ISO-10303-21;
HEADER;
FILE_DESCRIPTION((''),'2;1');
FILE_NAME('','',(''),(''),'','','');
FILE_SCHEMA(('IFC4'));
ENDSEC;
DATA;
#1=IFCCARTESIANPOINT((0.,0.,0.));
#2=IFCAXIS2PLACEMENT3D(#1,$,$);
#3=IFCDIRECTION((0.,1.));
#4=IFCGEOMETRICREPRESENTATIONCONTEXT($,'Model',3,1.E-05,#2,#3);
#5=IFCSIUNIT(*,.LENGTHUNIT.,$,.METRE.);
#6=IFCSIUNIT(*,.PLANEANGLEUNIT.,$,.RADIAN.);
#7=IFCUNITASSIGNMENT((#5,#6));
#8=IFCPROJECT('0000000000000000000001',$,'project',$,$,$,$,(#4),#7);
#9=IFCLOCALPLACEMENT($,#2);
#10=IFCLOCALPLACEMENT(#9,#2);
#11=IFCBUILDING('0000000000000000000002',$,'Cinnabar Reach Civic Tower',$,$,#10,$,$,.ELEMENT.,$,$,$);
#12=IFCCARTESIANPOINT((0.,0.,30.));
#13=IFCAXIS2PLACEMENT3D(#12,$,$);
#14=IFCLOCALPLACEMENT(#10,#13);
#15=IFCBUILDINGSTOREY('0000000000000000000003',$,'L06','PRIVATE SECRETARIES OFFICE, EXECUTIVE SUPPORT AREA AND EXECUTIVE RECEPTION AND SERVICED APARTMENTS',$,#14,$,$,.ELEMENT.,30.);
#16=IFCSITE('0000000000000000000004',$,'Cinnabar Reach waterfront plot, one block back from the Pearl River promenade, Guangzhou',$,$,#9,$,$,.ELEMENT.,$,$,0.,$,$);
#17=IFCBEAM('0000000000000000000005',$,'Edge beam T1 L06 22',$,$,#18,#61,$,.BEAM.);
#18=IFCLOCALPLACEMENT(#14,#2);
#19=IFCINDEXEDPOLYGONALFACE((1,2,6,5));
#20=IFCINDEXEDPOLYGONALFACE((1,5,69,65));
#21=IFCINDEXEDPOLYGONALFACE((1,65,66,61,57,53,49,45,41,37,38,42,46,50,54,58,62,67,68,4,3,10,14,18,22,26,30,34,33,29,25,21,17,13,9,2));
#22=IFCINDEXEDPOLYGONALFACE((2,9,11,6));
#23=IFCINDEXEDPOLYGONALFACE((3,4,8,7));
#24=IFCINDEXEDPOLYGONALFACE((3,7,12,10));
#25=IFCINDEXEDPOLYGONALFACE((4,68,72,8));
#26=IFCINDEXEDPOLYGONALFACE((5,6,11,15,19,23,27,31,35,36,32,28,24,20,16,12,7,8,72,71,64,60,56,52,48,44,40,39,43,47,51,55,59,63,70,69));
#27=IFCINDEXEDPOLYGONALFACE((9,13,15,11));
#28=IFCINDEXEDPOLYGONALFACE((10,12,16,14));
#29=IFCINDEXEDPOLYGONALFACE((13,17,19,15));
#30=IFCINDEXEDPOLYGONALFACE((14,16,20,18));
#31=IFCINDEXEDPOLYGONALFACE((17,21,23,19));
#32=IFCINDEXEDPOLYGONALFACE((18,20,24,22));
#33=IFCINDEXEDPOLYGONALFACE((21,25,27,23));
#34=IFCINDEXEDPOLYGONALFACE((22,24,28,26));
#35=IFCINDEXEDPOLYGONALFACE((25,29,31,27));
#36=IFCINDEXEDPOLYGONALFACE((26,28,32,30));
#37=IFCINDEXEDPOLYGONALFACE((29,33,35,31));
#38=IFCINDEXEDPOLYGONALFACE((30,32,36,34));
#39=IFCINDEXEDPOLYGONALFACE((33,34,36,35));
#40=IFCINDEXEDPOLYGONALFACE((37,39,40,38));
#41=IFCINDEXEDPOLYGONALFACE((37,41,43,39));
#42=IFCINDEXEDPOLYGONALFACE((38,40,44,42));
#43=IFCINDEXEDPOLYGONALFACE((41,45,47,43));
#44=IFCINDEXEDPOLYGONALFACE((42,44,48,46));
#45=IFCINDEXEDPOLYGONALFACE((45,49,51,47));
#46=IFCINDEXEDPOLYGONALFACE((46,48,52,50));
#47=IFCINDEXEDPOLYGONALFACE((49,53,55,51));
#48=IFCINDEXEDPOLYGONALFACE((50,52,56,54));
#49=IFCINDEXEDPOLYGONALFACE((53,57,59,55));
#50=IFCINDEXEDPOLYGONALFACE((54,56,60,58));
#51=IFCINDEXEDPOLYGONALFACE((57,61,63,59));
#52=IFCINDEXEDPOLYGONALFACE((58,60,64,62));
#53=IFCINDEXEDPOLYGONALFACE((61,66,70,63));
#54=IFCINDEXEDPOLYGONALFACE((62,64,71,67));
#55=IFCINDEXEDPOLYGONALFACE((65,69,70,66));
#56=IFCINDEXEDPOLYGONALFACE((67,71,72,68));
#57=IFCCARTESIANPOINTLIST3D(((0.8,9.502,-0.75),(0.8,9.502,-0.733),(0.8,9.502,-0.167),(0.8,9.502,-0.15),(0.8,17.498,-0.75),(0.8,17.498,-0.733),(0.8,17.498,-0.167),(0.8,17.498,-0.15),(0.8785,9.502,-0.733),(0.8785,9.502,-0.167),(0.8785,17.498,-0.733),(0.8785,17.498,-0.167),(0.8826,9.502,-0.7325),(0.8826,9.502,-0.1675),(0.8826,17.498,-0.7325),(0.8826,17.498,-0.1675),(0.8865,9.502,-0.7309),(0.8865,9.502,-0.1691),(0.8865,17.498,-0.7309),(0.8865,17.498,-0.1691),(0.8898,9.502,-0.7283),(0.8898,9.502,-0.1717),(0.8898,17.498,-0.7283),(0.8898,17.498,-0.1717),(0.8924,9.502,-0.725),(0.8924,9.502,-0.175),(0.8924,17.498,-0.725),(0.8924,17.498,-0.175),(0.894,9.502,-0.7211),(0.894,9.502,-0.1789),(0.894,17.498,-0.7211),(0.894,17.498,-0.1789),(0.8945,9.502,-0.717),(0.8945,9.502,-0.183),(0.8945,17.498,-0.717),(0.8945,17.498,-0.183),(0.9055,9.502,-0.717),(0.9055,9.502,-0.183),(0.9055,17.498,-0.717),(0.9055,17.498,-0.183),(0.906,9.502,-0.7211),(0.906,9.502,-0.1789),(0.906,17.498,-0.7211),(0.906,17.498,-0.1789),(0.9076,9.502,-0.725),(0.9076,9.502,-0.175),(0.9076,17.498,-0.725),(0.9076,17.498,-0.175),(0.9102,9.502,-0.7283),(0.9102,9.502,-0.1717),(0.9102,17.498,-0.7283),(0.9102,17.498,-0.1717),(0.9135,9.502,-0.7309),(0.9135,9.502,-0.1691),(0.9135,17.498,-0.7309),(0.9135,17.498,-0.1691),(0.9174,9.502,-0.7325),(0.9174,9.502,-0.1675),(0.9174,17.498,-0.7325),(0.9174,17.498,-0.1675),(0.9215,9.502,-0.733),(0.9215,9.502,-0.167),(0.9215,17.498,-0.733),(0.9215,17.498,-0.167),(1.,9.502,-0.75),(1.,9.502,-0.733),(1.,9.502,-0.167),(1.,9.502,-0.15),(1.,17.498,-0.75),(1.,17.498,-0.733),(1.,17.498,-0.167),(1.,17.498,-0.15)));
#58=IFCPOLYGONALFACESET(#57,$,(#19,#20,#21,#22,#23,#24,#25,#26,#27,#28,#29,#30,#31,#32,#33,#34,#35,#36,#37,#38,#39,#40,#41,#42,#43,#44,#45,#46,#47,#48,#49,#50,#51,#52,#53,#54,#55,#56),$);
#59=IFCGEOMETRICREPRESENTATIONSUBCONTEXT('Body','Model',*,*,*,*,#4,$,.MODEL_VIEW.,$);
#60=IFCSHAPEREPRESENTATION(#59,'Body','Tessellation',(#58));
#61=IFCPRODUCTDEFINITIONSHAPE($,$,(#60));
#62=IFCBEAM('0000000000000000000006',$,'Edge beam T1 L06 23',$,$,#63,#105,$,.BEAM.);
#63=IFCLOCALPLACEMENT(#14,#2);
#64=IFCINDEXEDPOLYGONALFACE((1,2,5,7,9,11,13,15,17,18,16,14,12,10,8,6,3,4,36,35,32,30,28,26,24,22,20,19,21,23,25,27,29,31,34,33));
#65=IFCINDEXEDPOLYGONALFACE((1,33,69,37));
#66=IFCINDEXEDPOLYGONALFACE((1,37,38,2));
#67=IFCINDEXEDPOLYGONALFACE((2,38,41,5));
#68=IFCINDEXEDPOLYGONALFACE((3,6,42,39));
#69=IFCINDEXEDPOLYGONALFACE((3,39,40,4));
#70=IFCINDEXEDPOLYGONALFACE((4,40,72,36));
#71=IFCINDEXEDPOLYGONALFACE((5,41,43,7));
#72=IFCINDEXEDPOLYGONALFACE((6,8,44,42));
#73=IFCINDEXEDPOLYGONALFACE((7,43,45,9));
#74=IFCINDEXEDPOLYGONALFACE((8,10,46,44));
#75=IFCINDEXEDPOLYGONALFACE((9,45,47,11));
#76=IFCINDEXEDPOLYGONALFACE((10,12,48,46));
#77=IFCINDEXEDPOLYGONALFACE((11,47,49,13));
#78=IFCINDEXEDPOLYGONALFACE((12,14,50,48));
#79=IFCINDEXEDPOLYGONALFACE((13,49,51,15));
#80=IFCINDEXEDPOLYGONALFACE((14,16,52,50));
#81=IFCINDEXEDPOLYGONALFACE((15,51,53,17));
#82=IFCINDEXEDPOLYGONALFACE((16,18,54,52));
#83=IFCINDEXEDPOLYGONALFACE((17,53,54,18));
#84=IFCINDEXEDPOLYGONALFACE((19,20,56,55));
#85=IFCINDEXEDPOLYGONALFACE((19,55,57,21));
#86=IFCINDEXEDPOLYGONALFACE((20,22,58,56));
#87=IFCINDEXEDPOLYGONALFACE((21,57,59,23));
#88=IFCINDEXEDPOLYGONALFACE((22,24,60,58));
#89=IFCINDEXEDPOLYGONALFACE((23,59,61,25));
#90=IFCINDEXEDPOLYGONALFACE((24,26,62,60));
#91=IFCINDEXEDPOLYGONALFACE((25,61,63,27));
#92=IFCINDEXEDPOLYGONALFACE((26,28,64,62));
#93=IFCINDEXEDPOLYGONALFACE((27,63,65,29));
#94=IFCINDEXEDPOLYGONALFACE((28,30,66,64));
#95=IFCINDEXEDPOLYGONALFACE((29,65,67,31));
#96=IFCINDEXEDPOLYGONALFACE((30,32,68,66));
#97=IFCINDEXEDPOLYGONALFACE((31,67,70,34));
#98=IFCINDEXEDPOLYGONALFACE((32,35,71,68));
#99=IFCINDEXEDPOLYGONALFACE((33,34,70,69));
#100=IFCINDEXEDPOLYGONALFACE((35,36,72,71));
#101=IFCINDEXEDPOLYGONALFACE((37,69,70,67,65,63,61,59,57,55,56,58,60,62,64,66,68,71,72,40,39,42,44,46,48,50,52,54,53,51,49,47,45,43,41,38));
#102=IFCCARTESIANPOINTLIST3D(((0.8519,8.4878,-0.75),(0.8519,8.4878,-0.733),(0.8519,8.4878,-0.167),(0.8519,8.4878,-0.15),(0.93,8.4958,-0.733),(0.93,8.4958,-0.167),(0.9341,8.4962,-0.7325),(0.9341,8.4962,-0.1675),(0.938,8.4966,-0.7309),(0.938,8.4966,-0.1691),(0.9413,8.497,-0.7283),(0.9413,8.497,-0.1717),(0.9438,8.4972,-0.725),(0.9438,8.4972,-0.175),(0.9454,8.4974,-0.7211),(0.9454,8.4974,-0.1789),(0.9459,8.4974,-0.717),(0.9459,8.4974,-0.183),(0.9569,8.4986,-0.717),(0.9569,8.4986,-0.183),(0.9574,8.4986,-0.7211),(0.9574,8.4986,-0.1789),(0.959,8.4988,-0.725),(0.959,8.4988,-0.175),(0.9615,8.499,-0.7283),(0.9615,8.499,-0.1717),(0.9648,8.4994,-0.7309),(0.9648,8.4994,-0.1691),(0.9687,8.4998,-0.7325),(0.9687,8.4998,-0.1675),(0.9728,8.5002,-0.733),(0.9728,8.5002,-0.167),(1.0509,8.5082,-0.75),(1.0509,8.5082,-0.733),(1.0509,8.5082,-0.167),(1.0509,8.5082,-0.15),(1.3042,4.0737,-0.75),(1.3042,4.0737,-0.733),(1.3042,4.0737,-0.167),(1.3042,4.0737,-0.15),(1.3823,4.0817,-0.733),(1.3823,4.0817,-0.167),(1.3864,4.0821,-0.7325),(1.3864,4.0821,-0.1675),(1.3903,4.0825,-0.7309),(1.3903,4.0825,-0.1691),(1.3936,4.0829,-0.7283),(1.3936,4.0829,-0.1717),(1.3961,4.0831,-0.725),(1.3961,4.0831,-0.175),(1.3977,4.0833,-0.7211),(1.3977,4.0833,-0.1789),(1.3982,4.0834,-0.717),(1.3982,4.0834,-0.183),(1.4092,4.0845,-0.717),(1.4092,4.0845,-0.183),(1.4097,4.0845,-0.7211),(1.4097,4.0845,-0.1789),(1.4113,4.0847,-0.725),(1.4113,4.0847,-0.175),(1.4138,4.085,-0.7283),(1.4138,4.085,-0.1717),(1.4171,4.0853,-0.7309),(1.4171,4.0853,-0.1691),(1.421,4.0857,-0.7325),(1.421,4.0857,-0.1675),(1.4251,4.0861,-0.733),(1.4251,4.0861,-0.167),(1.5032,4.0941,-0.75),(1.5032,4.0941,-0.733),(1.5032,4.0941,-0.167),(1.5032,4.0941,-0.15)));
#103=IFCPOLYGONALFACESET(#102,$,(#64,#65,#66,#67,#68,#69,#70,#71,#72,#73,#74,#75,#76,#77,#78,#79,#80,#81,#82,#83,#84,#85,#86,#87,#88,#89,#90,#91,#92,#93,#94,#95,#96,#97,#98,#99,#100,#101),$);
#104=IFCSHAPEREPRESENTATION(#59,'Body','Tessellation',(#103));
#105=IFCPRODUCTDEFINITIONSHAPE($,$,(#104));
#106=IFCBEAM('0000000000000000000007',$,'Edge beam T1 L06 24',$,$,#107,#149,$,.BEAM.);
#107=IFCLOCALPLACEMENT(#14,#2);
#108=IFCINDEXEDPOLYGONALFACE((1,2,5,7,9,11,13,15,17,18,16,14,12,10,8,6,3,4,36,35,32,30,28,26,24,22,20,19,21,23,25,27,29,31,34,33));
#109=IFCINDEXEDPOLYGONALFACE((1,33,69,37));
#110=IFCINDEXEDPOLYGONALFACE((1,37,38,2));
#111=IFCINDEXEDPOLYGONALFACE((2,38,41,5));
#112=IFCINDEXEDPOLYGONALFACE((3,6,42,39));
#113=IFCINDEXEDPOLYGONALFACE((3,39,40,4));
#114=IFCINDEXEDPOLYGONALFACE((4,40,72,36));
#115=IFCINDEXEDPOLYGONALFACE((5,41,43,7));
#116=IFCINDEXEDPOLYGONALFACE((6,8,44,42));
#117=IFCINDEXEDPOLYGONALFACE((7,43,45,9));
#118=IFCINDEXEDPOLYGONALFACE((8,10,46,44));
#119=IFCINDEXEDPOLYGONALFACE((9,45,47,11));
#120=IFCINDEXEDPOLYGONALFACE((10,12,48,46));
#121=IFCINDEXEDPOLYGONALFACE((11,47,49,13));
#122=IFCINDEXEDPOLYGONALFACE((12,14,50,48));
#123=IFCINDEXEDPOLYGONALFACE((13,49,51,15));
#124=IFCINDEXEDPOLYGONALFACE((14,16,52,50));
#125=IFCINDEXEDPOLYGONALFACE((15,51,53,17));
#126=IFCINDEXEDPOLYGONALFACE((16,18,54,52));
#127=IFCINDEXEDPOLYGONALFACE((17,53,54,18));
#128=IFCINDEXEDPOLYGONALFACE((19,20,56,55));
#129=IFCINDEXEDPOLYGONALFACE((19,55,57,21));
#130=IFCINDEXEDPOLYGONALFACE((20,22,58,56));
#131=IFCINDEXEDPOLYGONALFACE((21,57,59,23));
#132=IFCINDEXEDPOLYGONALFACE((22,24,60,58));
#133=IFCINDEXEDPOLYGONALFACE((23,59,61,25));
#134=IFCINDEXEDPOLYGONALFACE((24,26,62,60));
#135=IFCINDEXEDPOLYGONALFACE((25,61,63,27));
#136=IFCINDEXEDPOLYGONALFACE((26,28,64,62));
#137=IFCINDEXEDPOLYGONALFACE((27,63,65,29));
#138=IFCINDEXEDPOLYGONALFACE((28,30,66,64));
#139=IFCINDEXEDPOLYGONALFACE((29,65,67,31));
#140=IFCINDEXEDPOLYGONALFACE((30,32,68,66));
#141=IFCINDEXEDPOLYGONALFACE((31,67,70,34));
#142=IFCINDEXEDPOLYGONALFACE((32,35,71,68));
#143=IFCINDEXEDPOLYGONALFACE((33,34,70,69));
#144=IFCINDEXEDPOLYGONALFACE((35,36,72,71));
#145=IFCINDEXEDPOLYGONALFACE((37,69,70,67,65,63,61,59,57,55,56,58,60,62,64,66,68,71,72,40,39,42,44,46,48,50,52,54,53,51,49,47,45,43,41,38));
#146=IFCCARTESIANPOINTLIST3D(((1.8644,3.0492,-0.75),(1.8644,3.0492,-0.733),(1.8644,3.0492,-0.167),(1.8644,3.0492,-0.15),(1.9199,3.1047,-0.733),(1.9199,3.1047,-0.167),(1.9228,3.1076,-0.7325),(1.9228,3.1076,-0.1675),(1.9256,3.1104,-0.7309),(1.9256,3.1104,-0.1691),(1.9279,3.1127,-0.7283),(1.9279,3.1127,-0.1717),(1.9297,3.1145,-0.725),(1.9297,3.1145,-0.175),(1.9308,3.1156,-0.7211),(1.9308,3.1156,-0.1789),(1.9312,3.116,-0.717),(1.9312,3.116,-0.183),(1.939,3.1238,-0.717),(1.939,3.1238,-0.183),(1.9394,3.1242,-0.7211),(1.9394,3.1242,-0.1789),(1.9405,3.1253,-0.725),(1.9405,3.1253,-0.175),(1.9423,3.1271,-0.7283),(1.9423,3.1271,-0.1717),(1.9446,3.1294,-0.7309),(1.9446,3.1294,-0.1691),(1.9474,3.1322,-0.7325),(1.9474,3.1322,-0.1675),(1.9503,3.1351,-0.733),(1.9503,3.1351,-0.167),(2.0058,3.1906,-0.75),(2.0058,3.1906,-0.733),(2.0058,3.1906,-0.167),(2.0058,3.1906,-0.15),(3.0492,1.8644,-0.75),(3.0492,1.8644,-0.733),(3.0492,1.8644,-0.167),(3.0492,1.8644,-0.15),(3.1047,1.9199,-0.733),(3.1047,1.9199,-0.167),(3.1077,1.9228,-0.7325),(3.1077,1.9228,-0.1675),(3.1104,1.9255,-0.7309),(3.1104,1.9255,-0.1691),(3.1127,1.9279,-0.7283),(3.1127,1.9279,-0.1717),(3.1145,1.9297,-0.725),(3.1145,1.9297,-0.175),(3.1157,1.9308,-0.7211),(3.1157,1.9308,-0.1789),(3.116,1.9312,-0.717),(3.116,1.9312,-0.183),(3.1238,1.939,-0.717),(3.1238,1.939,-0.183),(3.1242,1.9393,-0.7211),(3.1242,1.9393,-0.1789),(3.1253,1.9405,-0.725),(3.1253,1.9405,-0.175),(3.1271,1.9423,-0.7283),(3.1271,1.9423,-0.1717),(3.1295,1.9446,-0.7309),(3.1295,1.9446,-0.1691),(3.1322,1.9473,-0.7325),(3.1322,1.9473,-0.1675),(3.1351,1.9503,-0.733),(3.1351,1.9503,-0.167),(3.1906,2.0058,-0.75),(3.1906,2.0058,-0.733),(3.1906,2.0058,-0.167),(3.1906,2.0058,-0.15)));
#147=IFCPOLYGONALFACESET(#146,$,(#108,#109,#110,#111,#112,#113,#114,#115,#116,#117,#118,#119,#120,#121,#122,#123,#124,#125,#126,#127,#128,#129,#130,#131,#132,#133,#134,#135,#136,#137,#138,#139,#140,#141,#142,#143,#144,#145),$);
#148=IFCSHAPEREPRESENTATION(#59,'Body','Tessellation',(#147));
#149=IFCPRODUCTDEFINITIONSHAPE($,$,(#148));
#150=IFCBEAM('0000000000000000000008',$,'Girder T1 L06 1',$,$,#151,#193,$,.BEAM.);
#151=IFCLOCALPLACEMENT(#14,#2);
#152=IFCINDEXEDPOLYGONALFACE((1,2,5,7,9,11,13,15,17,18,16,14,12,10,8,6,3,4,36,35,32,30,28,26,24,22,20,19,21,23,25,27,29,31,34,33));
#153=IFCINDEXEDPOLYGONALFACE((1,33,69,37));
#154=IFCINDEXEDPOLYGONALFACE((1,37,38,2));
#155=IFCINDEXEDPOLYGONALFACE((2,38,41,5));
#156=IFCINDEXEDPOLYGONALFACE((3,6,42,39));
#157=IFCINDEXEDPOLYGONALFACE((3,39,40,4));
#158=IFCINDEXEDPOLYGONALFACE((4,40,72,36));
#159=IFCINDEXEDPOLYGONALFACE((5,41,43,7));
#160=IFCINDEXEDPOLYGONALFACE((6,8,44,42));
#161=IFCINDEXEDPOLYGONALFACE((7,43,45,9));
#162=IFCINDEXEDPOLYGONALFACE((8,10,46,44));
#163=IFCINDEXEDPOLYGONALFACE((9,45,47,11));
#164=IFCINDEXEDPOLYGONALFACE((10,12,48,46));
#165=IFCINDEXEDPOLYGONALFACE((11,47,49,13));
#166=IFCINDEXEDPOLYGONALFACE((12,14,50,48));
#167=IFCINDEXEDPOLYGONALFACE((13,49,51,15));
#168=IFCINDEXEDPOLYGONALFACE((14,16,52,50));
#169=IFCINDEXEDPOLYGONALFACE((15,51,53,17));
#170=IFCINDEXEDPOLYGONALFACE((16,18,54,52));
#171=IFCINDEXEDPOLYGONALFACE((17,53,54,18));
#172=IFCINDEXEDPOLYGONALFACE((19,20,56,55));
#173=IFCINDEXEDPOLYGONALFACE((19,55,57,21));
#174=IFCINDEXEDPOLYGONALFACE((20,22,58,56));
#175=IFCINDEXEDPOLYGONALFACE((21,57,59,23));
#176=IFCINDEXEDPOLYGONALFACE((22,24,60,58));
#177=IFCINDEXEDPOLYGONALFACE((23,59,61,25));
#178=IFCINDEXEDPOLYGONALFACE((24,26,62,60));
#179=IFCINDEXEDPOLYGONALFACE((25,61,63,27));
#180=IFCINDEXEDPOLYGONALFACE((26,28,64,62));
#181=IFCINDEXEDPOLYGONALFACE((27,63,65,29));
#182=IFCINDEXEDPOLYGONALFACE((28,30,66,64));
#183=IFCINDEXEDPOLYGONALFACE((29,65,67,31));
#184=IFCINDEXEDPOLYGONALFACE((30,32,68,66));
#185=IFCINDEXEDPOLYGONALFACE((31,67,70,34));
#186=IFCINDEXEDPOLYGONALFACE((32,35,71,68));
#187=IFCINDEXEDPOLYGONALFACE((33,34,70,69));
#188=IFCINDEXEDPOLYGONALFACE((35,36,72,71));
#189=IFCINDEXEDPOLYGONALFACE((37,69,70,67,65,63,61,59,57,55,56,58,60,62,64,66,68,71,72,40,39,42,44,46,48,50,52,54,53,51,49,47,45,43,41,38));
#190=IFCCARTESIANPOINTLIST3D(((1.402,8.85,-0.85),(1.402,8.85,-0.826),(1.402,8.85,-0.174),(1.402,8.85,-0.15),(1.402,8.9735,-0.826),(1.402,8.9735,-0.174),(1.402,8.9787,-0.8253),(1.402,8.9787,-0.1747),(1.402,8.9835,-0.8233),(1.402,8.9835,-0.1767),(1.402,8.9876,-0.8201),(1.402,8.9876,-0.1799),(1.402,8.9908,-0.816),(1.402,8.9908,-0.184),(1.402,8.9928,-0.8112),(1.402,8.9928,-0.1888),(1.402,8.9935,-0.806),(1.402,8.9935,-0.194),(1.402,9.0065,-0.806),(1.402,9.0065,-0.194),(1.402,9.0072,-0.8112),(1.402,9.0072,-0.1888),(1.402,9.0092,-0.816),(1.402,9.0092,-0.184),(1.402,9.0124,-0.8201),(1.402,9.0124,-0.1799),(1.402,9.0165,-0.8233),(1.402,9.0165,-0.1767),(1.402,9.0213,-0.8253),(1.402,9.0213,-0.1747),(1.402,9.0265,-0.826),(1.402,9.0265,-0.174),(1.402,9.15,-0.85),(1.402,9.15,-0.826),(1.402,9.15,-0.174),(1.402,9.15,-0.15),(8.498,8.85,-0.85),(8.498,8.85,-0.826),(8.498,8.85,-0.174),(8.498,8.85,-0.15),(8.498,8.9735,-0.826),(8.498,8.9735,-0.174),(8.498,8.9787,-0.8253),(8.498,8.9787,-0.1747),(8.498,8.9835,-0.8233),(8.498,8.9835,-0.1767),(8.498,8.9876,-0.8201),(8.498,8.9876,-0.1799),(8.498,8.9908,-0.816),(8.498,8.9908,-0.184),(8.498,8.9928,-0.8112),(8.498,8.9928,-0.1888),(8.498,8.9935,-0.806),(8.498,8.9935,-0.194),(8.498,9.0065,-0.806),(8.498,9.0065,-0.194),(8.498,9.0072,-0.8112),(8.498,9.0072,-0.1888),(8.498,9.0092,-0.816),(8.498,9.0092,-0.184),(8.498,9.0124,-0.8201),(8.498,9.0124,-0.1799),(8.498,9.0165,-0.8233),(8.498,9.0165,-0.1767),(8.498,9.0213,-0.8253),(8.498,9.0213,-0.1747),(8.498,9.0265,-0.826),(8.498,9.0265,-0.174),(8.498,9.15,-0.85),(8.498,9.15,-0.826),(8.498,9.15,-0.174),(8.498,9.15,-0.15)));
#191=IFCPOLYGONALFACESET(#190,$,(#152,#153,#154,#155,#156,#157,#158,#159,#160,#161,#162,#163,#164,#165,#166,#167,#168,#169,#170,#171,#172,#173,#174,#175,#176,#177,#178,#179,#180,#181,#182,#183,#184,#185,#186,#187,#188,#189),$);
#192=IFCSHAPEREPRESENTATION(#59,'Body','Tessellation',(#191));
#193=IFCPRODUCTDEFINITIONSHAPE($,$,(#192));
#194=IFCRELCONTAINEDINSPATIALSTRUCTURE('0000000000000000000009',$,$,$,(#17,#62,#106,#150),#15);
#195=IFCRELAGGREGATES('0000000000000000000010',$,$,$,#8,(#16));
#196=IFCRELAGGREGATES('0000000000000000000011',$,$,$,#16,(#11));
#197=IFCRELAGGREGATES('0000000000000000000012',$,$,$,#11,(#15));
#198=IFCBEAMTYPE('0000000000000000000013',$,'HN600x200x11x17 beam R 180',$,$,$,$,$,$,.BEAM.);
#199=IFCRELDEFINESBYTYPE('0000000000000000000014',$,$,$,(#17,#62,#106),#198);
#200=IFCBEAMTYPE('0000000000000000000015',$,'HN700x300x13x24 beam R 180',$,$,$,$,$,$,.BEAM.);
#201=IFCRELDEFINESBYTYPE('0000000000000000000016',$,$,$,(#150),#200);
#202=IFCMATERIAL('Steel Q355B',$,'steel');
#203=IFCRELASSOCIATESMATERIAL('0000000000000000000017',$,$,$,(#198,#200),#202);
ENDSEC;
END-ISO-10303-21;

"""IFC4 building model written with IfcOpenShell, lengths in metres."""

from ifc_helpers import new_model, si_unit, direction, frame, origin, origin_2d, place, context, subcontext, project, spatial, i_section, extrude, material, material_profile, profile_set, type_object, element, save


model = new_model("IFC4")

# Units and contexts
model_context = context("Model", 3, precision=1e-05, world=origin(), true_north=direction((0.0, 1.0)))
body_context = subcontext(model_context, "Body", "Model", "MODEL_VIEW")
ifc_project = project(units=[si_unit("LENGTHUNIT", "METRE"), si_unit("PLANEANGLEUNIT", "RADIAN")], contexts=[model_context])

# Site, building, storey
site_placement = place(None, origin())
site = spatial("IfcSite", under=ifc_project, at=site_placement, Name="Cinnabar Reach waterfront plot, one block back from the Pearl River promenade, Guangzhou", CompositionType="ELEMENT", RefElevation=0.0)
building_placement = place(site_placement, origin())
building = spatial("IfcBuilding", under=site, at=building_placement, Name="Cinnabar Reach Civic Tower", CompositionType="ELEMENT")
storey_placement = place(building_placement, frame((0.0, 0.0, 30.0)))
storey = spatial("IfcBuildingStorey", under=building, at=storey_placement, Name="L06", Description="PRIVATE SECRETARIES OFFICE, EXECUTIVE SUPPORT AREA AND EXECUTIVE RECEPTION AND SERVICED APARTMENTS", CompositionType="ELEMENT", Elevation=30.0)

# Beams
ifc_material_1 = material(Name="Steel Q355B", Category="steel")
ifc_material_profile_1 = material_profile(ifc_material_1, i_section(OverallWidth=0.2, OverallDepth=0.6, WebThickness=0.011, FlangeThickness=0.017, FilletRadius=0.016, at=origin_2d()), Name="HN600x200x11x17")
ifc_profile_set_1 = profile_set([ifc_material_profile_1], Name="Steel Q355B")
beam_type_1 = type_object("IfcBeamType", Name="HN600x200x11x17 beam R 180", PredefinedType="BEAM", material=ifc_profile_set_1)
beam_1_placement = place(storey_placement, frame((0.9, 17.498, -0.45), z_axis=(0.0, -1.0, 0.0), x_axis=(1.0, 0.0, 0.0)))
element("IfcBeam", 1, at=beam_1_placement, inside=storey, type_object=beam_type_1, Name="Edge beam T1 L06 22", PredefinedType="BEAM", context=body_context, shape_type="SweptSolid", body=[
    extrude(i_section(OverallWidth=0.2, OverallDepth=0.6, WebThickness=0.011, FlangeThickness=0.017, FilletRadius=0.016, at=origin_2d()), origin(), (0.0, 0.0, 1.0), 7.996),
])
beam_2_placement = place(storey_placement, frame((0.9514, 8.498, -0.45), z_axis=(0.101933, -0.994791, 0.0), x_axis=(0.994791, 0.101933, 0.0)))
element("IfcBeam", 2, at=beam_2_placement, inside=storey, type_object=beam_type_1, Name="Edge beam T1 L06 23", PredefinedType="BEAM", context=body_context, shape_type="SweptSolid", body=[
    extrude(i_section(OverallWidth=0.2, OverallDepth=0.6, WebThickness=0.011, FlangeThickness=0.017, FilletRadius=0.016, at=origin_2d()), origin(), (0.0, 0.0, 1.0), 4.4372),
])
beam_3_placement = place(storey_placement, frame((1.9351, 3.1199, -0.45), z_axis=(0.707107, -0.707107, 0.0), x_axis=(0.707107, 0.707107, 0.0)))
element("IfcBeam", 3, at=beam_3_placement, inside=storey, type_object=beam_type_1, Name="Edge beam T1 L06 24", PredefinedType="BEAM", context=body_context, shape_type="SweptSolid", body=[
    extrude(i_section(OverallWidth=0.2, OverallDepth=0.6, WebThickness=0.011, FlangeThickness=0.017, FilletRadius=0.016, at=origin_2d()), origin(), (0.0, 0.0, 1.0), 1.6756),
])
ifc_material_profile_2 = material_profile(ifc_material_1, i_section(OverallWidth=0.3, OverallDepth=0.7, WebThickness=0.013, FlangeThickness=0.024, FilletRadius=0.02, at=origin_2d()), Name="HN700x300x13x24")
ifc_profile_set_2 = profile_set([ifc_material_profile_2], Name="Steel Q355B")
beam_type_2 = type_object("IfcBeamType", Name="HN700x300x13x24 beam R 180", PredefinedType="BEAM", material=ifc_profile_set_2)
for number, where, z_axis, x_axis, name in (
    (4, (1.402, 9.0, -0.5), (1.0, 0.0, 0.0), (0.0, 1.0, 0.0), "Girder T1 L06 1"),
):
    element("IfcBeam", number, at=place(storey_placement, frame(where, z_axis=z_axis, x_axis=x_axis)), inside=storey, type_object=beam_type_2, Name=name, PredefinedType="BEAM", context=body_context, shape_type="SweptSolid", body=[
        extrude(i_section(OverallWidth=0.3, OverallDepth=0.7, WebThickness=0.013, FlangeThickness=0.024, FilletRadius=0.02, at=origin_2d()), origin(), (0.0, 0.0, 1.0), 7.096),
    ])

save(model, "model.ifc")
